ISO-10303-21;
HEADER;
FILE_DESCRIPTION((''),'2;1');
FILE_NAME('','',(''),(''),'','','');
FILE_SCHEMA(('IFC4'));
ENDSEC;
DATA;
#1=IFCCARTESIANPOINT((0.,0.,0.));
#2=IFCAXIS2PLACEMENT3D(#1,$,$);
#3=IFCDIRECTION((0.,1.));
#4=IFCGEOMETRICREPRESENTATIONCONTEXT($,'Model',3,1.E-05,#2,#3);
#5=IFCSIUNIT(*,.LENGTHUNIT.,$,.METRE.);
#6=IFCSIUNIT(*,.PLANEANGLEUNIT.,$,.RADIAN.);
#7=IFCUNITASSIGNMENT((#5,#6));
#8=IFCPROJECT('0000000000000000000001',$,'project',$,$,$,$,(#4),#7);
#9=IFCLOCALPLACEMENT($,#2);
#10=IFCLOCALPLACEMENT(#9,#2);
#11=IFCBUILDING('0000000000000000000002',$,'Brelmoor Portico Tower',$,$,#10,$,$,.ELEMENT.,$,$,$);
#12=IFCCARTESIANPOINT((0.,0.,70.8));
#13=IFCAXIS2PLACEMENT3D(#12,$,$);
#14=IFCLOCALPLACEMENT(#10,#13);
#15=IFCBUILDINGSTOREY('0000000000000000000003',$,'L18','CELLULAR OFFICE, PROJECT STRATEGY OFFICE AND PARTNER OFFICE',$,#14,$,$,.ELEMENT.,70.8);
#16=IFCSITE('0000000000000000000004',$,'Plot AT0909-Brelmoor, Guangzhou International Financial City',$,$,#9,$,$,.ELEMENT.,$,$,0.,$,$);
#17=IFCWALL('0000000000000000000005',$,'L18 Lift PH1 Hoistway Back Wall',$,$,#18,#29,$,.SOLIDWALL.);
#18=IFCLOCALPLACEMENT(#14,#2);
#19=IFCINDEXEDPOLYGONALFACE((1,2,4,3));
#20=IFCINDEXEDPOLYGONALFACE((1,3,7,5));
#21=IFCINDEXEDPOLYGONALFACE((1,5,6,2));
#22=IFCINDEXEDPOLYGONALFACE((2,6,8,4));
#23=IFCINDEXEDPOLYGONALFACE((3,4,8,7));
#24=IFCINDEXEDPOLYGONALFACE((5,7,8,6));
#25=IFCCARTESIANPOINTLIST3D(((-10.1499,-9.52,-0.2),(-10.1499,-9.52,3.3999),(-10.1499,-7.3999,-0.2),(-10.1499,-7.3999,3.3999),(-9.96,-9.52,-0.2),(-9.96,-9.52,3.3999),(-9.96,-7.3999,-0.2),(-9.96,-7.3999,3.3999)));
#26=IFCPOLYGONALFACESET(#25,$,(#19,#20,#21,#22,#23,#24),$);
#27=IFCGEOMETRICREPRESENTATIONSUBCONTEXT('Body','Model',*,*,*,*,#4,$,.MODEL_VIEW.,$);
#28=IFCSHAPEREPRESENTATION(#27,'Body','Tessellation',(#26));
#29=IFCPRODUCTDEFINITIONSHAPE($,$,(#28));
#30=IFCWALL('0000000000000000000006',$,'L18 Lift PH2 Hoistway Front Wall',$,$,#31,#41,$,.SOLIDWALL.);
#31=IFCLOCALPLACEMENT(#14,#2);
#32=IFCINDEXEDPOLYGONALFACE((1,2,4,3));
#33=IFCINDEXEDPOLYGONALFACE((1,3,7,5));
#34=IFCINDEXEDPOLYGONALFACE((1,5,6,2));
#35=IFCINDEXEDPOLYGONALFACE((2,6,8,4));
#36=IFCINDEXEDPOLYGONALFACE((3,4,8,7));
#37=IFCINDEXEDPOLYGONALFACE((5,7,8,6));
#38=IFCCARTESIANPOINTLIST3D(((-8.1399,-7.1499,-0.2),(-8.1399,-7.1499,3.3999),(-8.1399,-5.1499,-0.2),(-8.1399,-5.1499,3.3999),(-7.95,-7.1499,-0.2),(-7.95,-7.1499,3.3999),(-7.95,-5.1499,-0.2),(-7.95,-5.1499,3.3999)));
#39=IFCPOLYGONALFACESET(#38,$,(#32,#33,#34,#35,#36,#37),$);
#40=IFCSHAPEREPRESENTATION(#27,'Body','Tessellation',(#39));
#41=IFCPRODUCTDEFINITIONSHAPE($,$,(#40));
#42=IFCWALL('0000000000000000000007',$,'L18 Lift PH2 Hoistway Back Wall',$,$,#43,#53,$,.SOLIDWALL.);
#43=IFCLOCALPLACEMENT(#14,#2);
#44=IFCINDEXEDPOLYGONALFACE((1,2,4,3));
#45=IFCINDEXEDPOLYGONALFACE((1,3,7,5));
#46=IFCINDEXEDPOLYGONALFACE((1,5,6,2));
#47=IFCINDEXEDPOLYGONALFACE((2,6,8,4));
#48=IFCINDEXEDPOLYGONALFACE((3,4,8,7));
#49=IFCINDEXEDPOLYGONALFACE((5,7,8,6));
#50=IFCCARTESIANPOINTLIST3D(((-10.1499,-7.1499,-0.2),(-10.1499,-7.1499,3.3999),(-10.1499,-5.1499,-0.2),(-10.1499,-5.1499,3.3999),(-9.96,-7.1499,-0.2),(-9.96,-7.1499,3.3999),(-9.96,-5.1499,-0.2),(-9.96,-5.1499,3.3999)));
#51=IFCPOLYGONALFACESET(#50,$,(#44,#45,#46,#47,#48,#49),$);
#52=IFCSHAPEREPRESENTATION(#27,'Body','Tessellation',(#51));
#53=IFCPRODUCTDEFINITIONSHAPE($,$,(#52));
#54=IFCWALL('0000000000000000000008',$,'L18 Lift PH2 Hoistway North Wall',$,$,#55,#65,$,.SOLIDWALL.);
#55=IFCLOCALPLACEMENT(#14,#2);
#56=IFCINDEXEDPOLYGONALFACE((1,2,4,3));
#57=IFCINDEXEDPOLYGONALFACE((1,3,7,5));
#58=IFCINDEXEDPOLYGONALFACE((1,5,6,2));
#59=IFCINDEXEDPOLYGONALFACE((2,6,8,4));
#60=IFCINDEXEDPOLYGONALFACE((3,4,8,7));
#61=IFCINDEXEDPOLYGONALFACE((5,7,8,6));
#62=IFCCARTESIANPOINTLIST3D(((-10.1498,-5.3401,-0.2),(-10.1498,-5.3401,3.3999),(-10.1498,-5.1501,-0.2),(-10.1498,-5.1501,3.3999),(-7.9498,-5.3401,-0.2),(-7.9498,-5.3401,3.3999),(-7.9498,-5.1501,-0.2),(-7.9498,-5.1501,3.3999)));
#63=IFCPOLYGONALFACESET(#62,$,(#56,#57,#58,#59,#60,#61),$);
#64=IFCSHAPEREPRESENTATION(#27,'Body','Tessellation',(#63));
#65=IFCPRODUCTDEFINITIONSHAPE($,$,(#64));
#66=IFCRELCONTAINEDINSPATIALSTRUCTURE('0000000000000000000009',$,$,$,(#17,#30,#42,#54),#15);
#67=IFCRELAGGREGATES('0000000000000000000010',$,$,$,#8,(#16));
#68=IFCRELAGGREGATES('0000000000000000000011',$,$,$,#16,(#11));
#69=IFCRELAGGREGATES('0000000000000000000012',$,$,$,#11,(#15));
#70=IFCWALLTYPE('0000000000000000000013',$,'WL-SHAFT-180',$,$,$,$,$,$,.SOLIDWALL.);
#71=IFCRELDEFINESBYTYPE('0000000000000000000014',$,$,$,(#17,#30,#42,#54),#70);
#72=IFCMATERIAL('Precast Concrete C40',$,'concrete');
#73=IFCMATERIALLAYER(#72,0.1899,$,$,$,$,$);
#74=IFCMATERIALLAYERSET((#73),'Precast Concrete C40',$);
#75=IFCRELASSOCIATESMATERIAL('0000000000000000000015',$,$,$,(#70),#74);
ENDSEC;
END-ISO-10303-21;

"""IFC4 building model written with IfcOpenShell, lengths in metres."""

from ifc_helpers import new_model, si_unit, direction, frame, frame_2d, origin, place, context, subcontext, project, spatial, rectangle, extrude, material, layer, layer_set, type_object, element, save


model = new_model("IFC4")

# Units and contexts
model_context = context("Model", 3, precision=1e-05, world=origin(), true_north=direction((0.0, 1.0)))
body_context = subcontext(model_context, "Body", "Model", "MODEL_VIEW")
ifc_project = project(units=[si_unit("LENGTHUNIT", "METRE"), si_unit("PLANEANGLEUNIT", "RADIAN")], contexts=[model_context])

# Site, building, storey
site_placement = place(None, origin())
site = spatial("IfcSite", under=ifc_project, at=site_placement, Name="Plot AT0909-Brelmoor, Guangzhou International Financial City", CompositionType="ELEMENT", RefElevation=0.0)
building_placement = place(site_placement, origin())
building = spatial("IfcBuilding", under=site, at=building_placement, Name="Brelmoor Portico Tower", CompositionType="ELEMENT")
storey_placement = place(building_placement, frame((0.0, 0.0, 70.8)))
storey = spatial("IfcBuildingStorey", under=building, at=storey_placement, Name="L18", Description="CELLULAR OFFICE, PROJECT STRATEGY OFFICE AND PARTNER OFFICE", CompositionType="ELEMENT", Elevation=70.8)

# Walls
ifc_material_1 = material(Name="Precast Concrete C40", Category="concrete")
ifc_layer_1 = layer(ifc_material_1, 0.1899)
ifc_layer_set_1 = layer_set([ifc_layer_1], Name="Precast Concrete C40")
wall_type_1 = type_object("IfcWallType", Name="WL-SHAFT-180", PredefinedType="SOLIDWALL", material=ifc_layer_set_1)
for number, where, z_axis, x_axis, name in (
    (1, (-10.0549, -9.52, -0.2), (0.0, 0.0, 1.0), (0.0, 1.0, 0.0), "L18 Lift PH1 Hoistway Back Wall"),
):
    element("IfcWall", number, at=place(storey_placement, frame(where, z_axis=z_axis, x_axis=x_axis)), inside=storey, type_object=wall_type_1, Name=name, PredefinedType="SOLIDWALL", context=body_context, shape_type="SweptSolid", body=[
        extrude(rectangle(XDim=2.1201, YDim=0.1899, at=frame_2d((1.0601, 0.0))), origin(), (0.0, 0.0, 1.0), 3.5999),
    ])
for number, where, z_axis, x_axis, name in (
    (2, (-8.0449, -7.1499, -0.2), (0.0, 0.0, 1.0), (0.0, 1.0, 0.0), "L18 Lift PH2 Hoistway Front Wall"),
    (3, (-10.0549, -7.1499, -0.2), (0.0, 0.0, 1.0), (0.0, 1.0, 0.0), "L18 Lift PH2 Hoistway Back Wall"),
):
    element("IfcWall", number, at=place(storey_placement, frame(where, z_axis=z_axis, x_axis=x_axis)), inside=storey, type_object=wall_type_1, Name=name, PredefinedType="SOLIDWALL", context=body_context, shape_type="SweptSolid", body=[
        extrude(rectangle(XDim=2.0, YDim=0.1899, at=frame_2d((1.0, 0.0))), origin(), (0.0, 0.0, 1.0), 3.5999),
    ])
wall_1_placement = place(storey_placement, frame((-10.1499, -5.2451, -0.2), z_axis=(0.0, 0.0, 1.0), x_axis=(1.0, 0.0, 0.0)))
element("IfcWall", 4, at=wall_1_placement, inside=storey, type_object=wall_type_1, Name="L18 Lift PH2 Hoistway North Wall", PredefinedType="SOLIDWALL", context=body_context, shape_type="SweptSolid", body=[
    extrude(rectangle(XDim=2.2, YDim=0.1899, at=frame_2d((1.1001, 0.0))), origin(), (0.0, 0.0, 1.0), 3.5999),
])

save(model, "model.ifc")
